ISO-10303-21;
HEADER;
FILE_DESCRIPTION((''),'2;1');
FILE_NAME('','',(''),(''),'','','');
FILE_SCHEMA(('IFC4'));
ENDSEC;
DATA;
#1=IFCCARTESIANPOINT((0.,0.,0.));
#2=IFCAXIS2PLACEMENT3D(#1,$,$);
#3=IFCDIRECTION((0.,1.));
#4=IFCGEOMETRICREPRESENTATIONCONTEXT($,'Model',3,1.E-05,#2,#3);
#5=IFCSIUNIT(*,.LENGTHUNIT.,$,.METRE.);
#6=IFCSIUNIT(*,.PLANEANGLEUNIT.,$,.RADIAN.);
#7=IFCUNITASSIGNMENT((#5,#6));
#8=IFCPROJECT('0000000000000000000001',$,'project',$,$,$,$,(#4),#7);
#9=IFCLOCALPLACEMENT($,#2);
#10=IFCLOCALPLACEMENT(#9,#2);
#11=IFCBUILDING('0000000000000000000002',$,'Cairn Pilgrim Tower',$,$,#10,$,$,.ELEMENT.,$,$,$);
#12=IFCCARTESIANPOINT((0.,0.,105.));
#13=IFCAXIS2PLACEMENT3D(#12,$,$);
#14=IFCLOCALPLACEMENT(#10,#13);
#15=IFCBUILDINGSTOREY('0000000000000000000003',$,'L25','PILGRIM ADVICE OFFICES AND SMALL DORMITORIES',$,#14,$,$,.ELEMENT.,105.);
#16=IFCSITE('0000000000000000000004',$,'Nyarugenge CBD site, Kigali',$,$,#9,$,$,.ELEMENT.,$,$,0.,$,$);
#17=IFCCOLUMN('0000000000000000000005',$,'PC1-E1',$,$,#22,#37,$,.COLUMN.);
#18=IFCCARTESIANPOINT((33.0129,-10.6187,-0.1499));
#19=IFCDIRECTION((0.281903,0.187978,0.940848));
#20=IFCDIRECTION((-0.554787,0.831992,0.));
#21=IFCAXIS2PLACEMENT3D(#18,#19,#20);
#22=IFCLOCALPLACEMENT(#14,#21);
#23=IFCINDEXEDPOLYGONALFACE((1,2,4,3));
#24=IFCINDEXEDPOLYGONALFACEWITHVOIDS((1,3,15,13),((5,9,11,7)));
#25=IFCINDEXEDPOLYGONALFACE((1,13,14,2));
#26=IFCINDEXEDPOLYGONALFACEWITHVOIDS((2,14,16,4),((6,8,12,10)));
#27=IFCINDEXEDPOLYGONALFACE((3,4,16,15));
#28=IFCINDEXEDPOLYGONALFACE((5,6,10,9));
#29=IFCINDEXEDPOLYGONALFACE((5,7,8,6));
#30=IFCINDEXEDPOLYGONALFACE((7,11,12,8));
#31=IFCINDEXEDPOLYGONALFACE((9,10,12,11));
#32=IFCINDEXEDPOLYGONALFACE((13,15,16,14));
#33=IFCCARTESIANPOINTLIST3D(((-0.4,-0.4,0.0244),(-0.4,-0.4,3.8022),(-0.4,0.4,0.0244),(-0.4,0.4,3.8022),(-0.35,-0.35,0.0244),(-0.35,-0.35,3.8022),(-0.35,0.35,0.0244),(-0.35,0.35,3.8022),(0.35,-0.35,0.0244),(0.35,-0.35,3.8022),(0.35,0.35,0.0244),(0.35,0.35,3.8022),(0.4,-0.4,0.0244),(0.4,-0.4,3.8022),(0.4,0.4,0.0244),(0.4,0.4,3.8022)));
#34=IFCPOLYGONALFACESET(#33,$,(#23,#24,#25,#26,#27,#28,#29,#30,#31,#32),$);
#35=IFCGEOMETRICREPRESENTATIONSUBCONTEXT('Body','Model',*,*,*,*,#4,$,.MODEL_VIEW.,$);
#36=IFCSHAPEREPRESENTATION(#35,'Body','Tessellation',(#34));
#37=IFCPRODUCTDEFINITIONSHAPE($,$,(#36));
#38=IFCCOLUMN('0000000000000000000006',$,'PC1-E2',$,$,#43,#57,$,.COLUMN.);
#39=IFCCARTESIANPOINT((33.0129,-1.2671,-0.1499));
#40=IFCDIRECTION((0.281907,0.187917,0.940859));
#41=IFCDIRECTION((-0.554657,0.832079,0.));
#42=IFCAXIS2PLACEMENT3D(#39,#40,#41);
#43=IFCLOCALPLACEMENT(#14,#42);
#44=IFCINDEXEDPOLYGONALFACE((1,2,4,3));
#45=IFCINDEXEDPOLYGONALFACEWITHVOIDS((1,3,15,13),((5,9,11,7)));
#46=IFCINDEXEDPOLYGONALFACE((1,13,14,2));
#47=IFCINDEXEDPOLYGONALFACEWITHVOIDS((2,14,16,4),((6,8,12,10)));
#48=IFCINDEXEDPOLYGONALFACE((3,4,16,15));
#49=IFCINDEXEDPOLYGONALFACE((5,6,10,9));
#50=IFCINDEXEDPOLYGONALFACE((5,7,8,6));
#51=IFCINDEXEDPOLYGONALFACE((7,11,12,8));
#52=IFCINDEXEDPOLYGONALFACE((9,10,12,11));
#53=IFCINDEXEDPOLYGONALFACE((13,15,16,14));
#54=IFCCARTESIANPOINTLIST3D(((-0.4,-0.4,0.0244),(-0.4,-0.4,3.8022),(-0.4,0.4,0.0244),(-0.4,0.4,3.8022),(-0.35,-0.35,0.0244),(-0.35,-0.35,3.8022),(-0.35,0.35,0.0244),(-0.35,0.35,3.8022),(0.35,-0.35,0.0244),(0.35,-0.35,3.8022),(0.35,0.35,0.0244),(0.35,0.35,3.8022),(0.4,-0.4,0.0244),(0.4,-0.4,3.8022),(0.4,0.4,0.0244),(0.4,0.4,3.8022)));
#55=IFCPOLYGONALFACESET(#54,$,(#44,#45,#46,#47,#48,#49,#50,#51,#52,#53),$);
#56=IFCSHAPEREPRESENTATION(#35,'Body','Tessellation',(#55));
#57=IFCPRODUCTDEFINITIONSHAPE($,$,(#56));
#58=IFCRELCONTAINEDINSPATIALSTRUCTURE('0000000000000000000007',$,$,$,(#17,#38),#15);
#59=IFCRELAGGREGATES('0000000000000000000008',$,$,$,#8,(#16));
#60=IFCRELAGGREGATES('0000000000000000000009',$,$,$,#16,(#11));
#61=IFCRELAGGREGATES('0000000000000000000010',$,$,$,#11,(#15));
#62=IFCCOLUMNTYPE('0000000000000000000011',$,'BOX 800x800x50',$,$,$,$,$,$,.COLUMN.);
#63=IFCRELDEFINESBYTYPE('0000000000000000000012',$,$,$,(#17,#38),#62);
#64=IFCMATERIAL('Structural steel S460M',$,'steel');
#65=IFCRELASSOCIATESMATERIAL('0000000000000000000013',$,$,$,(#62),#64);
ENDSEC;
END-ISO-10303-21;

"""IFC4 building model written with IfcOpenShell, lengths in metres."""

from ifc_helpers import new_model, si_unit, direction, frame, origin, origin_2d, place, context, subcontext, project, spatial, hollow_rectangle, extrude, clip, halfspace, material, material_profile, profile_set, type_object, element, save


model = new_model("IFC4")

# Units and contexts
model_context = context("Model", 3, precision=1e-05, world=origin(), true_north=direction((0.0, 1.0)))
body_context = subcontext(model_context, "Body", "Model", "MODEL_VIEW")
ifc_project = project(units=[si_unit("LENGTHUNIT", "METRE"), si_unit("PLANEANGLEUNIT", "RADIAN")], contexts=[model_context])

# Site, building, storey
site_placement = place(None, origin())
site = spatial("IfcSite", under=ifc_project, at=site_placement, Name="Nyarugenge CBD site, Kigali", CompositionType="ELEMENT", RefElevation=0.0)
building_placement = place(site_placement, origin())
building = spatial("IfcBuilding", under=site, at=building_placement, Name="Cairn Pilgrim Tower", CompositionType="ELEMENT")
storey_placement = place(building_placement, frame((0.0, 0.0, 105.0)))
storey = spatial("IfcBuildingStorey", under=building, at=storey_placement, Name="L25", Description="PILGRIM ADVICE OFFICES AND SMALL DORMITORIES", CompositionType="ELEMENT", Elevation=105.0)

# Columns
ifc_material_1 = material(Name="Structural steel S460M", Category="steel")
ifc_material_profile_1 = material_profile(ifc_material_1, hollow_rectangle(XDim=0.8, YDim=0.8, WallThickness=0.05, at=origin_2d()), Name="BOX 800x800x50")
ifc_profile_set_1 = profile_set([ifc_material_profile_1], Name="Structural steel S460M")
column_type_1 = type_object("IfcColumnType", Name="BOX 800x800x50", PredefinedType="COLUMN", material=ifc_profile_set_1)
for number, where, z_axis, x_axis, name in (
    (1, (33.0129, -10.6187, -0.1499), (0.281903, 0.187978, 0.940848), (-0.554787, 0.831992, 0.0), "PC1-E1"),
    (2, (33.0129, -1.2671, -0.1499), (0.281907, 0.187917, 0.940859), (-0.554657, 0.832079, 0.0), "PC1-E2"),
):
    element("IfcColumn", number, at=place(storey_placement, frame(where, z_axis=z_axis, x_axis=x_axis)), inside=storey, type_object=column_type_1, Name=name, PredefinedType="COLUMN", context=body_context, shape_type="Clipping", body=[
        clip(clip(extrude(hollow_rectangle(XDim=0.8, YDim=0.8, WallThickness=0.05, at=origin_2d()), origin(), (0.0, 0.0, 1.0), 3.8262), halfspace(frame((0.0, 0.0, 0.0244), z_axis=(0.0, 0.0, 1.0), x_axis=(1.0, 0.0, 0.0)), True)), halfspace(frame((0.0, 0.0, 3.8022), z_axis=(0.0, 0.0, 1.0), x_axis=(1.0, 0.0, 0.0)), False)),
    ])

save(model, "model.ifc")
